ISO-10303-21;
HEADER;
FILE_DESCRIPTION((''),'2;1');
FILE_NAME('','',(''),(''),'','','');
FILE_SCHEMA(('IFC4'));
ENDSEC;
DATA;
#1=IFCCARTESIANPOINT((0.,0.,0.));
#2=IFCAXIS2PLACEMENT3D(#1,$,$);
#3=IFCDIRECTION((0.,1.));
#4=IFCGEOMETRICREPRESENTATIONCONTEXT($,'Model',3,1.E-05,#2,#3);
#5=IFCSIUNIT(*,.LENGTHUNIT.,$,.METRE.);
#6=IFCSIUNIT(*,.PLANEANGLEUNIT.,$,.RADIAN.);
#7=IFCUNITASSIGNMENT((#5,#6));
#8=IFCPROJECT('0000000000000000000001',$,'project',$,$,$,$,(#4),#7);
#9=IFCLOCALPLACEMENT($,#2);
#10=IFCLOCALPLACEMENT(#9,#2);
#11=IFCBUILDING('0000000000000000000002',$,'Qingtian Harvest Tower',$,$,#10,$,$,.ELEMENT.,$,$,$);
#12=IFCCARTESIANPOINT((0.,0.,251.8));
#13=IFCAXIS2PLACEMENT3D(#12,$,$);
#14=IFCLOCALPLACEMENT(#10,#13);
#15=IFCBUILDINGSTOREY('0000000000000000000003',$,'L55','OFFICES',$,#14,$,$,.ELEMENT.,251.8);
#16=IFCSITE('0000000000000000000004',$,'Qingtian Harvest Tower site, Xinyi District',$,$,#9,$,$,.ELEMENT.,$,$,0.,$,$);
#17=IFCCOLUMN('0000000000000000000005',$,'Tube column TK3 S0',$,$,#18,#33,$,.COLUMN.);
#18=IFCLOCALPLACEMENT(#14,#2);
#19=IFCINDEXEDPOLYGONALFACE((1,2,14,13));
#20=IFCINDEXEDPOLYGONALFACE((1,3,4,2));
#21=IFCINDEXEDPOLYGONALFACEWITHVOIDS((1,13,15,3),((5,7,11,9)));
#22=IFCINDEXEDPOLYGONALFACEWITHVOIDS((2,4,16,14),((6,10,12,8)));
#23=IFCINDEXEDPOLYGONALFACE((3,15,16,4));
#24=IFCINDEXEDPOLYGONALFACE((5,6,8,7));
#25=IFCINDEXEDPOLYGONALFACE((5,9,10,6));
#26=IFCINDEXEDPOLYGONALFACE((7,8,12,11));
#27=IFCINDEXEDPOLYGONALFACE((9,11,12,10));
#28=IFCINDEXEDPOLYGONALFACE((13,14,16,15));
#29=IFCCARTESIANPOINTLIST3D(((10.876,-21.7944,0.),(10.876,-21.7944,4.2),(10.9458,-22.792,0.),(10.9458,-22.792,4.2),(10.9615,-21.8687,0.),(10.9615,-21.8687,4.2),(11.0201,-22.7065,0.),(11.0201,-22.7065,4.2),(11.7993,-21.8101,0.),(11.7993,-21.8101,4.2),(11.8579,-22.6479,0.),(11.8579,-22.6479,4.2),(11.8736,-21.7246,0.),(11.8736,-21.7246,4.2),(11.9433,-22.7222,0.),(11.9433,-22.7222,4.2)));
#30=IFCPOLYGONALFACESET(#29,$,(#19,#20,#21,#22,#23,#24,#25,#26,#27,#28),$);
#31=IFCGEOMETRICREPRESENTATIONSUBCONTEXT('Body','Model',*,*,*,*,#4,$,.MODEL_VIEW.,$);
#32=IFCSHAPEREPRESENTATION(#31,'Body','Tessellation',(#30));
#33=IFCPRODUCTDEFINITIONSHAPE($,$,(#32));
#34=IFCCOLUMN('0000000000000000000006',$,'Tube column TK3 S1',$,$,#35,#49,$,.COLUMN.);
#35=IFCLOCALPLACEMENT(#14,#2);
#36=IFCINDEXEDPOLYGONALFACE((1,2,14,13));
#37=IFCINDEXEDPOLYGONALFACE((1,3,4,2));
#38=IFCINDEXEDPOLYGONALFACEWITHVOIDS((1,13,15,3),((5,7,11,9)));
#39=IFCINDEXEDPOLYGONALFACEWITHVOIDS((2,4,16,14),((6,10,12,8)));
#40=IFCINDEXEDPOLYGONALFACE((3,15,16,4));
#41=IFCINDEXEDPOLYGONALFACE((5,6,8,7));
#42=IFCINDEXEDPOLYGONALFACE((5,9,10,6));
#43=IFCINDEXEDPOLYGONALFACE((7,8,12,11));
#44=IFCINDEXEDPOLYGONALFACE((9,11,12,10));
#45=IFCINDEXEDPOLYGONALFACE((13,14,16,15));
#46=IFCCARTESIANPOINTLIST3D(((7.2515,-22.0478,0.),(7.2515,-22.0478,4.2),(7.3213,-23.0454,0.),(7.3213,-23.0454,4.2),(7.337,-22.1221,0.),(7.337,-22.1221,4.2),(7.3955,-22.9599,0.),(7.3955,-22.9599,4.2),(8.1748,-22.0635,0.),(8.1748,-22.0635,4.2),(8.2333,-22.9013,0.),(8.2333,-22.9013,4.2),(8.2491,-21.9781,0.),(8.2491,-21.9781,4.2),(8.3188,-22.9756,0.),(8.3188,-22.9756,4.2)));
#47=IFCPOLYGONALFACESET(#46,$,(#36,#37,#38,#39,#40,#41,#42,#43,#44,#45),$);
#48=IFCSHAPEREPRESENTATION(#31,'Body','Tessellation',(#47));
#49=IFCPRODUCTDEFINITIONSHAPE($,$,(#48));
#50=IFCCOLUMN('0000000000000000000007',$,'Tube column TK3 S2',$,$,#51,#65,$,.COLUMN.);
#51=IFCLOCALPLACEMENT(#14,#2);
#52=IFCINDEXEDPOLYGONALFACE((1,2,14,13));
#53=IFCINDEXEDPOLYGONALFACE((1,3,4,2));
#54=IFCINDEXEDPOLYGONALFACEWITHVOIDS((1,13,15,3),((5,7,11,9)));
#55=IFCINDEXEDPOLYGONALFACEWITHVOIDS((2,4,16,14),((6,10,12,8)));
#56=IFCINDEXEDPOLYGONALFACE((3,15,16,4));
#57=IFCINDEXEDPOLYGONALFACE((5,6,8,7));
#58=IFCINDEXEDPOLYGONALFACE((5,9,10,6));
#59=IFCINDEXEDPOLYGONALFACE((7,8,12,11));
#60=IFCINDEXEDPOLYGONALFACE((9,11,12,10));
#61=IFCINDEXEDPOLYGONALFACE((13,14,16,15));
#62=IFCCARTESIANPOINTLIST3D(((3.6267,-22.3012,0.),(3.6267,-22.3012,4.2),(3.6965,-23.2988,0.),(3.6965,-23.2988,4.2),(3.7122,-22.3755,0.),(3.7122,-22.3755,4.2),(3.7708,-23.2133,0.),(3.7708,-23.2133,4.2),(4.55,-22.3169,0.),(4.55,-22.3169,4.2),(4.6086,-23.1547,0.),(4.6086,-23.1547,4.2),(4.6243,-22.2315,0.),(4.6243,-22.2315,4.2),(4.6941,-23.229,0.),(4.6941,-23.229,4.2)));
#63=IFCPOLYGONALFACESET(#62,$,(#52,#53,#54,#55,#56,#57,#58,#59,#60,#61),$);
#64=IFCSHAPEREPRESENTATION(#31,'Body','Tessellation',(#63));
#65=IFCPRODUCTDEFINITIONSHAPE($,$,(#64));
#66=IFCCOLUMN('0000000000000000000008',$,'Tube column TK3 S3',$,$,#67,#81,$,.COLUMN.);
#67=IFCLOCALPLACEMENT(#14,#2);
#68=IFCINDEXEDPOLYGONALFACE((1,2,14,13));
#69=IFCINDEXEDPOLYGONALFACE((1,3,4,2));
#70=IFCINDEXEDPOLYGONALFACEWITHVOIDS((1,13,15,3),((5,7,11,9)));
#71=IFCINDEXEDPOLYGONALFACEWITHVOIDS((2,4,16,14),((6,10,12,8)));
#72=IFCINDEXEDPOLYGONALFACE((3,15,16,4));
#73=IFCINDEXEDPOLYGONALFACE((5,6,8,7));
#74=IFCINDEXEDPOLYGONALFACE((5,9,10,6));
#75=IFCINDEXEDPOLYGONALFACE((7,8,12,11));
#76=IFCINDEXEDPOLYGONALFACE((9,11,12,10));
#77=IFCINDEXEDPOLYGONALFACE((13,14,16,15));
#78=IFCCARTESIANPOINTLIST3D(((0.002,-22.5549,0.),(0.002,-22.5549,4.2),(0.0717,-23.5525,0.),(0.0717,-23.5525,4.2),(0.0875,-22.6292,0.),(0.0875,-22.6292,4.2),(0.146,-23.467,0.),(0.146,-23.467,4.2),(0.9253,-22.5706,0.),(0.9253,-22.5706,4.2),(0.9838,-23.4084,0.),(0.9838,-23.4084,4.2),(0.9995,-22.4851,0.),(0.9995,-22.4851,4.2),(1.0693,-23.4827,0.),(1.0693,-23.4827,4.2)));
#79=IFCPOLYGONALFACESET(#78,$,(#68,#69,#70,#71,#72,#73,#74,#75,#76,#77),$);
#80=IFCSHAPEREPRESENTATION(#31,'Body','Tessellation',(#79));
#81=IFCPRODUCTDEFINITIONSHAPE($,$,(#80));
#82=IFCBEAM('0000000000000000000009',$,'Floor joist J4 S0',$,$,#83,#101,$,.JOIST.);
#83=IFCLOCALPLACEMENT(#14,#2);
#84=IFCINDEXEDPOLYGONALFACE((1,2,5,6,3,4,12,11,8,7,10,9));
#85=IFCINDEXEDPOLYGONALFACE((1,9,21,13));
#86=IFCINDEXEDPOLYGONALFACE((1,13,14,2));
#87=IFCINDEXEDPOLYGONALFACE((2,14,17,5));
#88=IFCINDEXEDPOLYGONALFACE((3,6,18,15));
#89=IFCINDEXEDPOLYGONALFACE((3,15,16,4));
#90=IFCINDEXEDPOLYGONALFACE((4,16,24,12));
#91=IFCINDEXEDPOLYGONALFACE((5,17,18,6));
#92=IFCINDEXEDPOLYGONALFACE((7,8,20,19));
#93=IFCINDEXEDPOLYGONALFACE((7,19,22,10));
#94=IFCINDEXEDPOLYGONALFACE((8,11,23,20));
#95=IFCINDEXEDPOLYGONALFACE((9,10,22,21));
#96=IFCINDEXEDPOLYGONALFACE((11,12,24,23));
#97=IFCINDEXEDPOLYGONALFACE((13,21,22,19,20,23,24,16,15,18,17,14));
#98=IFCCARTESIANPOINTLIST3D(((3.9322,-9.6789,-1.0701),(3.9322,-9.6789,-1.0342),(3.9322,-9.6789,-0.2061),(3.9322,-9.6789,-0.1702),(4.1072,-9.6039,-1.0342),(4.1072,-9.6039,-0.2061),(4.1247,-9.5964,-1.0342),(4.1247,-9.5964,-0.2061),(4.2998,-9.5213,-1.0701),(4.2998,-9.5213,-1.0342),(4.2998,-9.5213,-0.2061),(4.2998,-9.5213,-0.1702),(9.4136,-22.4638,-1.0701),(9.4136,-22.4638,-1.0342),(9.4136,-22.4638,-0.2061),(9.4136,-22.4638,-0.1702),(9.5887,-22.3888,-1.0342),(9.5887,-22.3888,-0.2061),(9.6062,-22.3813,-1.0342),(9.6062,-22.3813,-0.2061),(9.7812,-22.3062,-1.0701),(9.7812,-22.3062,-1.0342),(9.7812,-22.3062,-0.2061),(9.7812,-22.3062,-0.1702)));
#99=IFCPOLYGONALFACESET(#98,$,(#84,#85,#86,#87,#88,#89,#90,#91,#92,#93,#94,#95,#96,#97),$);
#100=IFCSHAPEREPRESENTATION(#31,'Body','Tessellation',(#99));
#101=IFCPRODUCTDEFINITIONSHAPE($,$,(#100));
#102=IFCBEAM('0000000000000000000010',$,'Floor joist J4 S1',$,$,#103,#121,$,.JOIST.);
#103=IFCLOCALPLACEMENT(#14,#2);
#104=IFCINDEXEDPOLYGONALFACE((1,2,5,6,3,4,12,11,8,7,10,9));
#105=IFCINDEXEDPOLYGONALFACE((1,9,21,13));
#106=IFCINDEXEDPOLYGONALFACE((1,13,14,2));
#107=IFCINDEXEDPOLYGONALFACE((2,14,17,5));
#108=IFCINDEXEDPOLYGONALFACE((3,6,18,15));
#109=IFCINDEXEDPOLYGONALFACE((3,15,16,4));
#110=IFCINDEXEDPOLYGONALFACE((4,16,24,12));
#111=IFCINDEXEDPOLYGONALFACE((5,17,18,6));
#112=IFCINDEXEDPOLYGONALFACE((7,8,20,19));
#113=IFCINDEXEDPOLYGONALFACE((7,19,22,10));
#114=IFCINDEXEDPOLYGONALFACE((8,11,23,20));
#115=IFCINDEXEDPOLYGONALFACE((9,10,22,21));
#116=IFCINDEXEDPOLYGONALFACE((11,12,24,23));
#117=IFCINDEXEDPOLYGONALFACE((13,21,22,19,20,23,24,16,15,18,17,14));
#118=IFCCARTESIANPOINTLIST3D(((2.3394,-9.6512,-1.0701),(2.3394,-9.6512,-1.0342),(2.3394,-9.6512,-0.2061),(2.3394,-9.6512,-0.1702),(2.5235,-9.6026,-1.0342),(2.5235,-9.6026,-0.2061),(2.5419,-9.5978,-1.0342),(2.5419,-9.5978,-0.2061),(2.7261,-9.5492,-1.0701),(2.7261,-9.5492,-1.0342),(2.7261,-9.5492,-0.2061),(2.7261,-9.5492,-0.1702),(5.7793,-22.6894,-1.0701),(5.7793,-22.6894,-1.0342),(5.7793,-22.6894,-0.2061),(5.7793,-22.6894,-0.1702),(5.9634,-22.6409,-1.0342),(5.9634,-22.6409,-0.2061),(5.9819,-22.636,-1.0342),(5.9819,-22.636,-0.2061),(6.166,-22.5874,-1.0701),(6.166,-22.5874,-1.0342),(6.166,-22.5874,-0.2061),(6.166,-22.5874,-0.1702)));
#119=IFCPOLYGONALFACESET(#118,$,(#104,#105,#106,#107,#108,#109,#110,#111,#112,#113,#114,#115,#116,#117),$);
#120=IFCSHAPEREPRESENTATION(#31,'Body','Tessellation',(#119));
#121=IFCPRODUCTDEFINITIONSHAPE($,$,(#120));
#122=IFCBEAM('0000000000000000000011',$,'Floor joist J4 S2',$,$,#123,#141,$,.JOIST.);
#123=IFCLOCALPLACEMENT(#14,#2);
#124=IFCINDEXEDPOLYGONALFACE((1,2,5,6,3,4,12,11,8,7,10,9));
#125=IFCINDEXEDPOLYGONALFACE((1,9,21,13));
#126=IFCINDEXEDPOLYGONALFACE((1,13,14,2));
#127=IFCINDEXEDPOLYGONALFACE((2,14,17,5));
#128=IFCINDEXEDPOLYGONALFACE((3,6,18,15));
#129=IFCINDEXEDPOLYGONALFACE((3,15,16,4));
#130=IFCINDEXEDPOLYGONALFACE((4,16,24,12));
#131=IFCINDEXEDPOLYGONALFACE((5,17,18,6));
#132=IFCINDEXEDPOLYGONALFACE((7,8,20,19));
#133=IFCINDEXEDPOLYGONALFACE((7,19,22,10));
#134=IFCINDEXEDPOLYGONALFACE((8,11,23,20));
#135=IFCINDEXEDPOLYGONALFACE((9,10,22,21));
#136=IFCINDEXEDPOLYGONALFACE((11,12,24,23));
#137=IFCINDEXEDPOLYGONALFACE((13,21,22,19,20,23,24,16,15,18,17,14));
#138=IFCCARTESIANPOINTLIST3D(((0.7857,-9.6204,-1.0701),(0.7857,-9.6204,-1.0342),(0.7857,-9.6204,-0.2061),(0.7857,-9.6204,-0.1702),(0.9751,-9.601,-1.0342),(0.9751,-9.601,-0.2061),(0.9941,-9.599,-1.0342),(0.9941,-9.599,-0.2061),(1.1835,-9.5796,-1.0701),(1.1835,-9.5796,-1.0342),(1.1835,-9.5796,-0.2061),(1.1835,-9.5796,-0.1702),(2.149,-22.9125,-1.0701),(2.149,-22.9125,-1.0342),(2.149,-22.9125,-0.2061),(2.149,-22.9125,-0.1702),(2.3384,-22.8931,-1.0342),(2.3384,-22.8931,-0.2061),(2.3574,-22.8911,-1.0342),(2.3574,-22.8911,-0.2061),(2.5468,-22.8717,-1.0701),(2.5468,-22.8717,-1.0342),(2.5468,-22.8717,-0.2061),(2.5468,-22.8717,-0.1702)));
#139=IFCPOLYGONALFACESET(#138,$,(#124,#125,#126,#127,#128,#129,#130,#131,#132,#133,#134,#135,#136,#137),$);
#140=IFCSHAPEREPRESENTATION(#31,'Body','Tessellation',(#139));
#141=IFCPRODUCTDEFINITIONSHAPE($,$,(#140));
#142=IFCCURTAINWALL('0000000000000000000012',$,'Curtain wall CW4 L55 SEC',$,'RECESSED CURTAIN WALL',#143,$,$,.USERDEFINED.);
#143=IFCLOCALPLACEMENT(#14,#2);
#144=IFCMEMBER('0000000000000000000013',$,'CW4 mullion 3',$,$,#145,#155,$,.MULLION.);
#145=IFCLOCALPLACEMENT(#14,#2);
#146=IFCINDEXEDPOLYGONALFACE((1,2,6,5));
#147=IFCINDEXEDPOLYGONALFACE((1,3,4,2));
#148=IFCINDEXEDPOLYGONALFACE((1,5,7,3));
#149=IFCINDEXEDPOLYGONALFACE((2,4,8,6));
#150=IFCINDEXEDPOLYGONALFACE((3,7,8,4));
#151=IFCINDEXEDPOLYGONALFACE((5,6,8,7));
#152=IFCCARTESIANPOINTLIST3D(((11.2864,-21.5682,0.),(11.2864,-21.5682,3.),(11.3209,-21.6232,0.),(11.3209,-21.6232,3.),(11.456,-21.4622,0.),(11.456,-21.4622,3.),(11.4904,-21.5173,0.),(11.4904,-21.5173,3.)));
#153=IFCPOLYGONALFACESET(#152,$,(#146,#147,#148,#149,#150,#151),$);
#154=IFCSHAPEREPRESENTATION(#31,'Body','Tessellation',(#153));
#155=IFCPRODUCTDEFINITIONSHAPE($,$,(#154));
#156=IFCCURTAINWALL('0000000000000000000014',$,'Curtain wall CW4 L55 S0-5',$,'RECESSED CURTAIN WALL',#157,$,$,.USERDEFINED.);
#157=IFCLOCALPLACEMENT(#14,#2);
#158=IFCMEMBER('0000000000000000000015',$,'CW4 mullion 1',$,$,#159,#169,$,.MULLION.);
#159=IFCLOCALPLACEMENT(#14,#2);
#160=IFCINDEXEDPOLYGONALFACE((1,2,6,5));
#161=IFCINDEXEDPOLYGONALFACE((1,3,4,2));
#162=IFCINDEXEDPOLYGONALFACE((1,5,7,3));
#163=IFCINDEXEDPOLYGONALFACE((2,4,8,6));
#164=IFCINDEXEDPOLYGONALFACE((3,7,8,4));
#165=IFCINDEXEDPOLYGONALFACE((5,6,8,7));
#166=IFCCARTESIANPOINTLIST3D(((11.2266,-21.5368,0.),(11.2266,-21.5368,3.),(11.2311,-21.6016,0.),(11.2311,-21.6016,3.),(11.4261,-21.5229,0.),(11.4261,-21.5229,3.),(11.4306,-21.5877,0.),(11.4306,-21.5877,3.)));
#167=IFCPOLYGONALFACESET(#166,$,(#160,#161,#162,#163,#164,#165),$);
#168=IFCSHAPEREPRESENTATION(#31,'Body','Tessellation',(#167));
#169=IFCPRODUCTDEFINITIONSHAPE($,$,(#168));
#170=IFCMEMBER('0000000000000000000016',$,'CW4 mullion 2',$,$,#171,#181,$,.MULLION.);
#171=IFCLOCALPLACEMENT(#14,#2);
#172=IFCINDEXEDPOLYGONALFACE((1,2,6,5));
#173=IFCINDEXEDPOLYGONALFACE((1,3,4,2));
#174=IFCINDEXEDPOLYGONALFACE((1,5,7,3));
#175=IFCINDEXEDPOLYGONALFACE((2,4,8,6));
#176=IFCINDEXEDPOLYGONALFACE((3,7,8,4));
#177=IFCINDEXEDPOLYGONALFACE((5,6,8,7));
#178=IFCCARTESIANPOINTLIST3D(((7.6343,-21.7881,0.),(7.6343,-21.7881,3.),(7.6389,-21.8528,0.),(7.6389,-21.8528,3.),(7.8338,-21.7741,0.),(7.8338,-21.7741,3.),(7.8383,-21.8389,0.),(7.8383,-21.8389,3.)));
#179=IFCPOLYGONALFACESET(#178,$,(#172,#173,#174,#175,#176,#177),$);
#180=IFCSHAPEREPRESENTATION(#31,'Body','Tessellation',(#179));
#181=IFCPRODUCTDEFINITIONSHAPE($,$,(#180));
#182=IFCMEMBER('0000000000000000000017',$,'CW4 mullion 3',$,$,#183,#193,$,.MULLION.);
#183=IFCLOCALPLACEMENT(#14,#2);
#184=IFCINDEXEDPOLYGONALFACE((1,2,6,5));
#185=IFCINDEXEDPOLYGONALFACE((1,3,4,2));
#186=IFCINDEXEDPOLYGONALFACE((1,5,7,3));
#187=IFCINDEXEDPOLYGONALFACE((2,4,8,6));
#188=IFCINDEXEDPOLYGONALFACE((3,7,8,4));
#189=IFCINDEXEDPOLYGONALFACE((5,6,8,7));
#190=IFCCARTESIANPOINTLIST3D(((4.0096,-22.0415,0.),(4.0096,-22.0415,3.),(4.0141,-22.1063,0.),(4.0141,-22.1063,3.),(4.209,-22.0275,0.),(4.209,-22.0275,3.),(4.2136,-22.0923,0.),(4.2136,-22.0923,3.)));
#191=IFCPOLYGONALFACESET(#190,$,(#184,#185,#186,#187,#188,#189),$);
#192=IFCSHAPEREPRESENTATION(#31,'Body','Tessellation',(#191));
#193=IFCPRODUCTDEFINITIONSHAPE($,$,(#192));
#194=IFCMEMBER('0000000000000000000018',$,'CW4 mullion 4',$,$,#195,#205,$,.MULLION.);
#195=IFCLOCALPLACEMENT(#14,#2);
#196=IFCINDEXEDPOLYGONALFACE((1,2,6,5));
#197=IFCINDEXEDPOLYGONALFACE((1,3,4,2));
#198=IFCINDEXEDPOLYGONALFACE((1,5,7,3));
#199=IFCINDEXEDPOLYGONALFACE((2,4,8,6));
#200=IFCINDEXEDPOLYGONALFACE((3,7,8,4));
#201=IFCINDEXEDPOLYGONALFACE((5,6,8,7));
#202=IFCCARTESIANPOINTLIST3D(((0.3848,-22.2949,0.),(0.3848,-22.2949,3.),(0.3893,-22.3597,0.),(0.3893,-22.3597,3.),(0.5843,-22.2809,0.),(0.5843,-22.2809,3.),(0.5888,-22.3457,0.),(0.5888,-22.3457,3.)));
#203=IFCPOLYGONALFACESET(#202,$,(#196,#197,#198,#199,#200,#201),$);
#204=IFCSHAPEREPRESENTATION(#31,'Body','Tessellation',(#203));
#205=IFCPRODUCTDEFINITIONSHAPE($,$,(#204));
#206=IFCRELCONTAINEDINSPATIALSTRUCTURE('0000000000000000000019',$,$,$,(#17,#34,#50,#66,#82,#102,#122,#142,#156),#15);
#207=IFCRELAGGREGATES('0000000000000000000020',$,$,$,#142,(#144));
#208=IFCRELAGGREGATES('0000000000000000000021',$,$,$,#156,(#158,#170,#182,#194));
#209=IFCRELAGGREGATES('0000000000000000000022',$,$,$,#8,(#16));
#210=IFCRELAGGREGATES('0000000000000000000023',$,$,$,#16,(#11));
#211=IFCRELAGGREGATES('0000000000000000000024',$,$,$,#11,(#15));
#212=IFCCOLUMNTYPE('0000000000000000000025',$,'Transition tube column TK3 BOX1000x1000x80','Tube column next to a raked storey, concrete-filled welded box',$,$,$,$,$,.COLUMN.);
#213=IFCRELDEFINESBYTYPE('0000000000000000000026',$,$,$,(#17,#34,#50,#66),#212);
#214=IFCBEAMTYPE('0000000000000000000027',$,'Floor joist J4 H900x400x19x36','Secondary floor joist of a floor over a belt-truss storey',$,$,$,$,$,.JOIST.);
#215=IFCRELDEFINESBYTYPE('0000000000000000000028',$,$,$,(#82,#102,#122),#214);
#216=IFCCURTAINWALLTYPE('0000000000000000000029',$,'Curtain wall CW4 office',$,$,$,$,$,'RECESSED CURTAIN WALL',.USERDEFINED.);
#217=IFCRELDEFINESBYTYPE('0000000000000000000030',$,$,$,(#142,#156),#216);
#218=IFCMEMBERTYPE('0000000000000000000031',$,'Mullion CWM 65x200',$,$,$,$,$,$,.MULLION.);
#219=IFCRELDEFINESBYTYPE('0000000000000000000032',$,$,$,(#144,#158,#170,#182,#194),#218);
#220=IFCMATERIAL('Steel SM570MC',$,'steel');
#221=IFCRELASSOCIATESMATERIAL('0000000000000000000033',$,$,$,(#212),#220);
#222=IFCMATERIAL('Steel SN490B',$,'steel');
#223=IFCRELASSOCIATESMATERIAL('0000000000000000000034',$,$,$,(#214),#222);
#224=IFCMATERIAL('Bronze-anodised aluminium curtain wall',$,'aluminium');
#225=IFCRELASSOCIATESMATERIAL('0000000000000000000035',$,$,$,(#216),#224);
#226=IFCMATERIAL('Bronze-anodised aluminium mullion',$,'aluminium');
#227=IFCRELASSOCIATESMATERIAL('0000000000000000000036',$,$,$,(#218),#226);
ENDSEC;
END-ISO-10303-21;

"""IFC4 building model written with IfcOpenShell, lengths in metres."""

from ifc_helpers import new_model, si_unit, direction, frame, origin, origin_2d, place, context, subcontext, project, spatial, rectangle, hollow_rectangle, i_section, extrude, material, material_profile, profile_set, type_object, element, aggregate, save


model = new_model("IFC4")

# Units and contexts
model_context = context("Model", 3, precision=1e-05, world=origin(), true_north=direction((0.0, 1.0)))
body_context = subcontext(model_context, "Body", "Model", "MODEL_VIEW")
ifc_project = project(units=[si_unit("LENGTHUNIT", "METRE"), si_unit("PLANEANGLEUNIT", "RADIAN")], contexts=[model_context])

# Site, building, storey
site_placement = place(None, origin())
site = spatial("IfcSite", under=ifc_project, at=site_placement, Name="Qingtian Harvest Tower site, Xinyi District", CompositionType="ELEMENT", RefElevation=0.0)
building_placement = place(site_placement, origin())
building = spatial("IfcBuilding", under=site, at=building_placement, Name="Qingtian Harvest Tower", CompositionType="ELEMENT")
storey_placement = place(building_placement, frame((0.0, 0.0, 251.8)))
storey = spatial("IfcBuildingStorey", under=building, at=storey_placement, Name="L55", Description="OFFICES", CompositionType="ELEMENT", Elevation=251.8)

# Columns
ifc_material_1 = material(Name="Steel SM570MC", Category="steel")
ifc_material_profile_1 = material_profile(ifc_material_1, hollow_rectangle(XDim=1.0, YDim=1.0, WallThickness=0.0801, at=origin_2d()), Name="BOX1000x1000x80")
ifc_profile_set_1 = profile_set([ifc_material_profile_1], Name="Steel SM570MC")
column_type = type_object("IfcColumnType", Name="Transition tube column TK3 BOX1000x1000x80", Description="Tube column next to a raked storey, concrete-filled welded box", PredefinedType="COLUMN", material=ifc_profile_set_1)
for number, where, z_axis, x_axis, name in (
    (1, (11.4097, -22.2583, 0.0), (0.0, 0.0, 1.0), (0.997564, 0.069756, 0.0), "Tube column TK3 S0"),
    (2, (7.7852, -22.5117, 0.0), (0.0, 0.0, 1.0), (0.997564, 0.069756, 0.0), "Tube column TK3 S1"),
    (3, (4.1604, -22.7651, 0.0), (0.0, 0.0, 1.0), (0.997564, 0.069756, 0.0), "Tube column TK3 S2"),
    (4, (0.5356, -23.0188, 0.0), (0.0, 0.0, 1.0), (0.997564, 0.069756, 0.0), "Tube column TK3 S3"),
):
    element("IfcColumn", number, at=place(storey_placement, frame(where, z_axis=z_axis, x_axis=x_axis)), inside=storey, type_object=column_type, Name=name, PredefinedType="COLUMN", context=body_context, shape_type="SweptSolid", body=[
        extrude(hollow_rectangle(XDim=1.0, YDim=1.0, WallThickness=0.0801, at=origin_2d()), origin(), (0.0, 0.0, 1.0), 4.2),
    ])

# Beams
ifc_material_2 = material(Name="Steel SN490B", Category="steel")
ifc_material_profile_2 = material_profile(ifc_material_2, i_section(OverallWidth=0.3999, OverallDepth=0.8999, WebThickness=0.019, FlangeThickness=0.0359, at=origin_2d()), Name="H900x400x19x36")
ifc_profile_set_2 = profile_set([ifc_material_profile_2], Name="Steel SN490B")
beam_type_1 = type_object("IfcBeamType", Name="Floor joist J4 H900x400x19x36", Description="Secondary floor joist of a floor over a belt-truss storey", PredefinedType="JOIST", material=ifc_profile_set_2)
beam_1_placement = place(storey_placement, frame((9.5974, -22.385, -0.6201), z_axis=(-0.394053, 0.919088, 0.0), x_axis=(-0.919088, -0.394053, 0.0)))
element("IfcBeam", 5, at=beam_1_placement, inside=storey, type_object=beam_type_1, Name="Floor joist J4 S0", PredefinedType="JOIST", context=body_context, shape_type="SweptSolid", body=[
    extrude(i_section(OverallWidth=0.3999, OverallDepth=0.8999, WebThickness=0.019, FlangeThickness=0.0359, at=origin_2d()), origin(), (0.0, 0.0, 1.0), 13.9104),
])
beam_2_placement = place(storey_placement, frame((5.9727, -22.6384, -0.6201), z_axis=(-0.255104, 0.966914, 0.0), x_axis=(-0.966914, -0.255104, 0.0)))
element("IfcBeam", 6, at=beam_2_placement, inside=storey, type_object=beam_type_1, Name="Floor joist J4 S1", PredefinedType="JOIST", context=body_context, shape_type="SweptSolid", body=[
    extrude(i_section(OverallWidth=0.3999, OverallDepth=0.8999, WebThickness=0.019, FlangeThickness=0.0359, at=origin_2d()), origin(), (0.0, 0.0, 1.0), 13.4844),
])
beam_3_placement = place(storey_placement, frame((2.3479, -22.8921, -0.6201), z_axis=(-0.102029, 0.994781, 0.0), x_axis=(-0.994781, -0.102029, 0.0)))
element("IfcBeam", 7, at=beam_3_placement, inside=storey, type_object=beam_type_1, Name="Floor joist J4 S2", PredefinedType="JOIST", context=body_context, shape_type="SweptSolid", body=[
    extrude(i_section(OverallWidth=0.3999, OverallDepth=0.8999, WebThickness=0.019, FlangeThickness=0.0359, at=origin_2d()), origin(), (0.0, 0.0, 1.0), 13.3618),
])

# Curtain wall, member
ifc_material_3 = material(Name="Bronze-anodised aluminium curtain wall", Category="aluminium")
curtain_wall_type = type_object("IfcCurtainWallType", Name="Curtain wall CW4 office", ElementType="RECESSED CURTAIN WALL", PredefinedType="USERDEFINED", material=ifc_material_3)
curtain_wall_1_placement = place(storey_placement, origin())
curtain_wall_1 = element("IfcCurtainWall", 8, at=curtain_wall_1_placement, inside=storey, type_object=curtain_wall_type, Name="Curtain wall CW4 L55 SEC", ObjectType="RECESSED CURTAIN WALL", PredefinedType="USERDEFINED")
ifc_material_4 = material(Name="Bronze-anodised aluminium mullion", Category="aluminium")
ifc_material_profile_3 = material_profile(ifc_material_4, rectangle(XDim=0.0649, YDim=0.2, at=origin_2d()), Name="AL 65x200")
ifc_profile_set_3 = profile_set([ifc_material_profile_3], Name="Bronze-anodised aluminium mullion")
member_type_1 = type_object("IfcMemberType", Name="Mullion CWM 65x200", PredefinedType="MULLION", material=ifc_profile_set_3)
member_1_placement = place(storey_placement, frame((11.3884, -21.5427, 0.0), z_axis=(0.0, 0.0, 1.0), x_axis=(0.529919, -0.848048, 0.0)))
member_1 = element("IfcMember", 9, at=member_1_placement, type_object=member_type_1, Name="CW4 mullion 3", PredefinedType="MULLION", context=body_context, shape_type="SweptSolid", body=[
    extrude(rectangle(XDim=0.0649, YDim=0.2, at=origin_2d()), origin(), (0.0, 0.0, 1.0), 3.0),
])
aggregate(curtain_wall_1, [member_1])

# Curtain wall, members
curtain_wall_2_placement = place(storey_placement, origin())
curtain_wall_2 = element("IfcCurtainWall", 10, at=curtain_wall_2_placement, inside=storey, type_object=curtain_wall_type, Name="Curtain wall CW4 L55 S0-5", ObjectType="RECESSED CURTAIN WALL", PredefinedType="USERDEFINED")
member_2_placement = place(storey_placement, frame((11.3286, -21.5623, 0.0), z_axis=(0.0, 0.0, 1.0), x_axis=(0.069756, -0.997564, 0.0)))
member_2 = element("IfcMember", 11, at=member_2_placement, type_object=member_type_1, Name="CW4 mullion 1", PredefinedType="MULLION", context=body_context, shape_type="SweptSolid", body=[
    extrude(rectangle(XDim=0.0649, YDim=0.2, at=origin_2d()), origin(), (0.0, 0.0, 1.0), 3.0),
])
member_3_placement = place(storey_placement, frame((7.7363, -21.8135, 0.0), z_axis=(0.0, 0.0, 1.0), x_axis=(0.069756, -0.997564, 0.0)))
member_3 = element("IfcMember", 12, at=member_3_placement, type_object=member_type_1, Name="CW4 mullion 2", PredefinedType="MULLION", context=body_context, shape_type="SweptSolid", body=[
    extrude(rectangle(XDim=0.0649, YDim=0.2, at=origin_2d()), origin(), (0.0, 0.0, 1.0), 3.0),
])
member_4_placement = place(storey_placement, frame((4.1116, -22.0669, 0.0), z_axis=(0.0, 0.0, 1.0), x_axis=(0.069756, -0.997564, 0.0)))
member_4 = element("IfcMember", 13, at=member_4_placement, type_object=member_type_1, Name="CW4 mullion 3", PredefinedType="MULLION", context=body_context, shape_type="SweptSolid", body=[
    extrude(rectangle(XDim=0.0649, YDim=0.2, at=origin_2d()), origin(), (0.0, 0.0, 1.0), 3.0),
])
member_5_placement = place(storey_placement, frame((0.4868, -22.3203, 0.0), z_axis=(0.0, 0.0, 1.0), x_axis=(0.069756, -0.997564, 0.0)))
member_5 = element("IfcMember", 14, at=member_5_placement, type_object=member_type_1, Name="CW4 mullion 4", PredefinedType="MULLION", context=body_context, shape_type="SweptSolid", body=[
    extrude(rectangle(XDim=0.0649, YDim=0.2, at=origin_2d()), origin(), (0.0, 0.0, 1.0), 3.0),
])

aggregate(curtain_wall_2, [member_2, member_3, member_4, member_5])

save(model, "model.ifc")
